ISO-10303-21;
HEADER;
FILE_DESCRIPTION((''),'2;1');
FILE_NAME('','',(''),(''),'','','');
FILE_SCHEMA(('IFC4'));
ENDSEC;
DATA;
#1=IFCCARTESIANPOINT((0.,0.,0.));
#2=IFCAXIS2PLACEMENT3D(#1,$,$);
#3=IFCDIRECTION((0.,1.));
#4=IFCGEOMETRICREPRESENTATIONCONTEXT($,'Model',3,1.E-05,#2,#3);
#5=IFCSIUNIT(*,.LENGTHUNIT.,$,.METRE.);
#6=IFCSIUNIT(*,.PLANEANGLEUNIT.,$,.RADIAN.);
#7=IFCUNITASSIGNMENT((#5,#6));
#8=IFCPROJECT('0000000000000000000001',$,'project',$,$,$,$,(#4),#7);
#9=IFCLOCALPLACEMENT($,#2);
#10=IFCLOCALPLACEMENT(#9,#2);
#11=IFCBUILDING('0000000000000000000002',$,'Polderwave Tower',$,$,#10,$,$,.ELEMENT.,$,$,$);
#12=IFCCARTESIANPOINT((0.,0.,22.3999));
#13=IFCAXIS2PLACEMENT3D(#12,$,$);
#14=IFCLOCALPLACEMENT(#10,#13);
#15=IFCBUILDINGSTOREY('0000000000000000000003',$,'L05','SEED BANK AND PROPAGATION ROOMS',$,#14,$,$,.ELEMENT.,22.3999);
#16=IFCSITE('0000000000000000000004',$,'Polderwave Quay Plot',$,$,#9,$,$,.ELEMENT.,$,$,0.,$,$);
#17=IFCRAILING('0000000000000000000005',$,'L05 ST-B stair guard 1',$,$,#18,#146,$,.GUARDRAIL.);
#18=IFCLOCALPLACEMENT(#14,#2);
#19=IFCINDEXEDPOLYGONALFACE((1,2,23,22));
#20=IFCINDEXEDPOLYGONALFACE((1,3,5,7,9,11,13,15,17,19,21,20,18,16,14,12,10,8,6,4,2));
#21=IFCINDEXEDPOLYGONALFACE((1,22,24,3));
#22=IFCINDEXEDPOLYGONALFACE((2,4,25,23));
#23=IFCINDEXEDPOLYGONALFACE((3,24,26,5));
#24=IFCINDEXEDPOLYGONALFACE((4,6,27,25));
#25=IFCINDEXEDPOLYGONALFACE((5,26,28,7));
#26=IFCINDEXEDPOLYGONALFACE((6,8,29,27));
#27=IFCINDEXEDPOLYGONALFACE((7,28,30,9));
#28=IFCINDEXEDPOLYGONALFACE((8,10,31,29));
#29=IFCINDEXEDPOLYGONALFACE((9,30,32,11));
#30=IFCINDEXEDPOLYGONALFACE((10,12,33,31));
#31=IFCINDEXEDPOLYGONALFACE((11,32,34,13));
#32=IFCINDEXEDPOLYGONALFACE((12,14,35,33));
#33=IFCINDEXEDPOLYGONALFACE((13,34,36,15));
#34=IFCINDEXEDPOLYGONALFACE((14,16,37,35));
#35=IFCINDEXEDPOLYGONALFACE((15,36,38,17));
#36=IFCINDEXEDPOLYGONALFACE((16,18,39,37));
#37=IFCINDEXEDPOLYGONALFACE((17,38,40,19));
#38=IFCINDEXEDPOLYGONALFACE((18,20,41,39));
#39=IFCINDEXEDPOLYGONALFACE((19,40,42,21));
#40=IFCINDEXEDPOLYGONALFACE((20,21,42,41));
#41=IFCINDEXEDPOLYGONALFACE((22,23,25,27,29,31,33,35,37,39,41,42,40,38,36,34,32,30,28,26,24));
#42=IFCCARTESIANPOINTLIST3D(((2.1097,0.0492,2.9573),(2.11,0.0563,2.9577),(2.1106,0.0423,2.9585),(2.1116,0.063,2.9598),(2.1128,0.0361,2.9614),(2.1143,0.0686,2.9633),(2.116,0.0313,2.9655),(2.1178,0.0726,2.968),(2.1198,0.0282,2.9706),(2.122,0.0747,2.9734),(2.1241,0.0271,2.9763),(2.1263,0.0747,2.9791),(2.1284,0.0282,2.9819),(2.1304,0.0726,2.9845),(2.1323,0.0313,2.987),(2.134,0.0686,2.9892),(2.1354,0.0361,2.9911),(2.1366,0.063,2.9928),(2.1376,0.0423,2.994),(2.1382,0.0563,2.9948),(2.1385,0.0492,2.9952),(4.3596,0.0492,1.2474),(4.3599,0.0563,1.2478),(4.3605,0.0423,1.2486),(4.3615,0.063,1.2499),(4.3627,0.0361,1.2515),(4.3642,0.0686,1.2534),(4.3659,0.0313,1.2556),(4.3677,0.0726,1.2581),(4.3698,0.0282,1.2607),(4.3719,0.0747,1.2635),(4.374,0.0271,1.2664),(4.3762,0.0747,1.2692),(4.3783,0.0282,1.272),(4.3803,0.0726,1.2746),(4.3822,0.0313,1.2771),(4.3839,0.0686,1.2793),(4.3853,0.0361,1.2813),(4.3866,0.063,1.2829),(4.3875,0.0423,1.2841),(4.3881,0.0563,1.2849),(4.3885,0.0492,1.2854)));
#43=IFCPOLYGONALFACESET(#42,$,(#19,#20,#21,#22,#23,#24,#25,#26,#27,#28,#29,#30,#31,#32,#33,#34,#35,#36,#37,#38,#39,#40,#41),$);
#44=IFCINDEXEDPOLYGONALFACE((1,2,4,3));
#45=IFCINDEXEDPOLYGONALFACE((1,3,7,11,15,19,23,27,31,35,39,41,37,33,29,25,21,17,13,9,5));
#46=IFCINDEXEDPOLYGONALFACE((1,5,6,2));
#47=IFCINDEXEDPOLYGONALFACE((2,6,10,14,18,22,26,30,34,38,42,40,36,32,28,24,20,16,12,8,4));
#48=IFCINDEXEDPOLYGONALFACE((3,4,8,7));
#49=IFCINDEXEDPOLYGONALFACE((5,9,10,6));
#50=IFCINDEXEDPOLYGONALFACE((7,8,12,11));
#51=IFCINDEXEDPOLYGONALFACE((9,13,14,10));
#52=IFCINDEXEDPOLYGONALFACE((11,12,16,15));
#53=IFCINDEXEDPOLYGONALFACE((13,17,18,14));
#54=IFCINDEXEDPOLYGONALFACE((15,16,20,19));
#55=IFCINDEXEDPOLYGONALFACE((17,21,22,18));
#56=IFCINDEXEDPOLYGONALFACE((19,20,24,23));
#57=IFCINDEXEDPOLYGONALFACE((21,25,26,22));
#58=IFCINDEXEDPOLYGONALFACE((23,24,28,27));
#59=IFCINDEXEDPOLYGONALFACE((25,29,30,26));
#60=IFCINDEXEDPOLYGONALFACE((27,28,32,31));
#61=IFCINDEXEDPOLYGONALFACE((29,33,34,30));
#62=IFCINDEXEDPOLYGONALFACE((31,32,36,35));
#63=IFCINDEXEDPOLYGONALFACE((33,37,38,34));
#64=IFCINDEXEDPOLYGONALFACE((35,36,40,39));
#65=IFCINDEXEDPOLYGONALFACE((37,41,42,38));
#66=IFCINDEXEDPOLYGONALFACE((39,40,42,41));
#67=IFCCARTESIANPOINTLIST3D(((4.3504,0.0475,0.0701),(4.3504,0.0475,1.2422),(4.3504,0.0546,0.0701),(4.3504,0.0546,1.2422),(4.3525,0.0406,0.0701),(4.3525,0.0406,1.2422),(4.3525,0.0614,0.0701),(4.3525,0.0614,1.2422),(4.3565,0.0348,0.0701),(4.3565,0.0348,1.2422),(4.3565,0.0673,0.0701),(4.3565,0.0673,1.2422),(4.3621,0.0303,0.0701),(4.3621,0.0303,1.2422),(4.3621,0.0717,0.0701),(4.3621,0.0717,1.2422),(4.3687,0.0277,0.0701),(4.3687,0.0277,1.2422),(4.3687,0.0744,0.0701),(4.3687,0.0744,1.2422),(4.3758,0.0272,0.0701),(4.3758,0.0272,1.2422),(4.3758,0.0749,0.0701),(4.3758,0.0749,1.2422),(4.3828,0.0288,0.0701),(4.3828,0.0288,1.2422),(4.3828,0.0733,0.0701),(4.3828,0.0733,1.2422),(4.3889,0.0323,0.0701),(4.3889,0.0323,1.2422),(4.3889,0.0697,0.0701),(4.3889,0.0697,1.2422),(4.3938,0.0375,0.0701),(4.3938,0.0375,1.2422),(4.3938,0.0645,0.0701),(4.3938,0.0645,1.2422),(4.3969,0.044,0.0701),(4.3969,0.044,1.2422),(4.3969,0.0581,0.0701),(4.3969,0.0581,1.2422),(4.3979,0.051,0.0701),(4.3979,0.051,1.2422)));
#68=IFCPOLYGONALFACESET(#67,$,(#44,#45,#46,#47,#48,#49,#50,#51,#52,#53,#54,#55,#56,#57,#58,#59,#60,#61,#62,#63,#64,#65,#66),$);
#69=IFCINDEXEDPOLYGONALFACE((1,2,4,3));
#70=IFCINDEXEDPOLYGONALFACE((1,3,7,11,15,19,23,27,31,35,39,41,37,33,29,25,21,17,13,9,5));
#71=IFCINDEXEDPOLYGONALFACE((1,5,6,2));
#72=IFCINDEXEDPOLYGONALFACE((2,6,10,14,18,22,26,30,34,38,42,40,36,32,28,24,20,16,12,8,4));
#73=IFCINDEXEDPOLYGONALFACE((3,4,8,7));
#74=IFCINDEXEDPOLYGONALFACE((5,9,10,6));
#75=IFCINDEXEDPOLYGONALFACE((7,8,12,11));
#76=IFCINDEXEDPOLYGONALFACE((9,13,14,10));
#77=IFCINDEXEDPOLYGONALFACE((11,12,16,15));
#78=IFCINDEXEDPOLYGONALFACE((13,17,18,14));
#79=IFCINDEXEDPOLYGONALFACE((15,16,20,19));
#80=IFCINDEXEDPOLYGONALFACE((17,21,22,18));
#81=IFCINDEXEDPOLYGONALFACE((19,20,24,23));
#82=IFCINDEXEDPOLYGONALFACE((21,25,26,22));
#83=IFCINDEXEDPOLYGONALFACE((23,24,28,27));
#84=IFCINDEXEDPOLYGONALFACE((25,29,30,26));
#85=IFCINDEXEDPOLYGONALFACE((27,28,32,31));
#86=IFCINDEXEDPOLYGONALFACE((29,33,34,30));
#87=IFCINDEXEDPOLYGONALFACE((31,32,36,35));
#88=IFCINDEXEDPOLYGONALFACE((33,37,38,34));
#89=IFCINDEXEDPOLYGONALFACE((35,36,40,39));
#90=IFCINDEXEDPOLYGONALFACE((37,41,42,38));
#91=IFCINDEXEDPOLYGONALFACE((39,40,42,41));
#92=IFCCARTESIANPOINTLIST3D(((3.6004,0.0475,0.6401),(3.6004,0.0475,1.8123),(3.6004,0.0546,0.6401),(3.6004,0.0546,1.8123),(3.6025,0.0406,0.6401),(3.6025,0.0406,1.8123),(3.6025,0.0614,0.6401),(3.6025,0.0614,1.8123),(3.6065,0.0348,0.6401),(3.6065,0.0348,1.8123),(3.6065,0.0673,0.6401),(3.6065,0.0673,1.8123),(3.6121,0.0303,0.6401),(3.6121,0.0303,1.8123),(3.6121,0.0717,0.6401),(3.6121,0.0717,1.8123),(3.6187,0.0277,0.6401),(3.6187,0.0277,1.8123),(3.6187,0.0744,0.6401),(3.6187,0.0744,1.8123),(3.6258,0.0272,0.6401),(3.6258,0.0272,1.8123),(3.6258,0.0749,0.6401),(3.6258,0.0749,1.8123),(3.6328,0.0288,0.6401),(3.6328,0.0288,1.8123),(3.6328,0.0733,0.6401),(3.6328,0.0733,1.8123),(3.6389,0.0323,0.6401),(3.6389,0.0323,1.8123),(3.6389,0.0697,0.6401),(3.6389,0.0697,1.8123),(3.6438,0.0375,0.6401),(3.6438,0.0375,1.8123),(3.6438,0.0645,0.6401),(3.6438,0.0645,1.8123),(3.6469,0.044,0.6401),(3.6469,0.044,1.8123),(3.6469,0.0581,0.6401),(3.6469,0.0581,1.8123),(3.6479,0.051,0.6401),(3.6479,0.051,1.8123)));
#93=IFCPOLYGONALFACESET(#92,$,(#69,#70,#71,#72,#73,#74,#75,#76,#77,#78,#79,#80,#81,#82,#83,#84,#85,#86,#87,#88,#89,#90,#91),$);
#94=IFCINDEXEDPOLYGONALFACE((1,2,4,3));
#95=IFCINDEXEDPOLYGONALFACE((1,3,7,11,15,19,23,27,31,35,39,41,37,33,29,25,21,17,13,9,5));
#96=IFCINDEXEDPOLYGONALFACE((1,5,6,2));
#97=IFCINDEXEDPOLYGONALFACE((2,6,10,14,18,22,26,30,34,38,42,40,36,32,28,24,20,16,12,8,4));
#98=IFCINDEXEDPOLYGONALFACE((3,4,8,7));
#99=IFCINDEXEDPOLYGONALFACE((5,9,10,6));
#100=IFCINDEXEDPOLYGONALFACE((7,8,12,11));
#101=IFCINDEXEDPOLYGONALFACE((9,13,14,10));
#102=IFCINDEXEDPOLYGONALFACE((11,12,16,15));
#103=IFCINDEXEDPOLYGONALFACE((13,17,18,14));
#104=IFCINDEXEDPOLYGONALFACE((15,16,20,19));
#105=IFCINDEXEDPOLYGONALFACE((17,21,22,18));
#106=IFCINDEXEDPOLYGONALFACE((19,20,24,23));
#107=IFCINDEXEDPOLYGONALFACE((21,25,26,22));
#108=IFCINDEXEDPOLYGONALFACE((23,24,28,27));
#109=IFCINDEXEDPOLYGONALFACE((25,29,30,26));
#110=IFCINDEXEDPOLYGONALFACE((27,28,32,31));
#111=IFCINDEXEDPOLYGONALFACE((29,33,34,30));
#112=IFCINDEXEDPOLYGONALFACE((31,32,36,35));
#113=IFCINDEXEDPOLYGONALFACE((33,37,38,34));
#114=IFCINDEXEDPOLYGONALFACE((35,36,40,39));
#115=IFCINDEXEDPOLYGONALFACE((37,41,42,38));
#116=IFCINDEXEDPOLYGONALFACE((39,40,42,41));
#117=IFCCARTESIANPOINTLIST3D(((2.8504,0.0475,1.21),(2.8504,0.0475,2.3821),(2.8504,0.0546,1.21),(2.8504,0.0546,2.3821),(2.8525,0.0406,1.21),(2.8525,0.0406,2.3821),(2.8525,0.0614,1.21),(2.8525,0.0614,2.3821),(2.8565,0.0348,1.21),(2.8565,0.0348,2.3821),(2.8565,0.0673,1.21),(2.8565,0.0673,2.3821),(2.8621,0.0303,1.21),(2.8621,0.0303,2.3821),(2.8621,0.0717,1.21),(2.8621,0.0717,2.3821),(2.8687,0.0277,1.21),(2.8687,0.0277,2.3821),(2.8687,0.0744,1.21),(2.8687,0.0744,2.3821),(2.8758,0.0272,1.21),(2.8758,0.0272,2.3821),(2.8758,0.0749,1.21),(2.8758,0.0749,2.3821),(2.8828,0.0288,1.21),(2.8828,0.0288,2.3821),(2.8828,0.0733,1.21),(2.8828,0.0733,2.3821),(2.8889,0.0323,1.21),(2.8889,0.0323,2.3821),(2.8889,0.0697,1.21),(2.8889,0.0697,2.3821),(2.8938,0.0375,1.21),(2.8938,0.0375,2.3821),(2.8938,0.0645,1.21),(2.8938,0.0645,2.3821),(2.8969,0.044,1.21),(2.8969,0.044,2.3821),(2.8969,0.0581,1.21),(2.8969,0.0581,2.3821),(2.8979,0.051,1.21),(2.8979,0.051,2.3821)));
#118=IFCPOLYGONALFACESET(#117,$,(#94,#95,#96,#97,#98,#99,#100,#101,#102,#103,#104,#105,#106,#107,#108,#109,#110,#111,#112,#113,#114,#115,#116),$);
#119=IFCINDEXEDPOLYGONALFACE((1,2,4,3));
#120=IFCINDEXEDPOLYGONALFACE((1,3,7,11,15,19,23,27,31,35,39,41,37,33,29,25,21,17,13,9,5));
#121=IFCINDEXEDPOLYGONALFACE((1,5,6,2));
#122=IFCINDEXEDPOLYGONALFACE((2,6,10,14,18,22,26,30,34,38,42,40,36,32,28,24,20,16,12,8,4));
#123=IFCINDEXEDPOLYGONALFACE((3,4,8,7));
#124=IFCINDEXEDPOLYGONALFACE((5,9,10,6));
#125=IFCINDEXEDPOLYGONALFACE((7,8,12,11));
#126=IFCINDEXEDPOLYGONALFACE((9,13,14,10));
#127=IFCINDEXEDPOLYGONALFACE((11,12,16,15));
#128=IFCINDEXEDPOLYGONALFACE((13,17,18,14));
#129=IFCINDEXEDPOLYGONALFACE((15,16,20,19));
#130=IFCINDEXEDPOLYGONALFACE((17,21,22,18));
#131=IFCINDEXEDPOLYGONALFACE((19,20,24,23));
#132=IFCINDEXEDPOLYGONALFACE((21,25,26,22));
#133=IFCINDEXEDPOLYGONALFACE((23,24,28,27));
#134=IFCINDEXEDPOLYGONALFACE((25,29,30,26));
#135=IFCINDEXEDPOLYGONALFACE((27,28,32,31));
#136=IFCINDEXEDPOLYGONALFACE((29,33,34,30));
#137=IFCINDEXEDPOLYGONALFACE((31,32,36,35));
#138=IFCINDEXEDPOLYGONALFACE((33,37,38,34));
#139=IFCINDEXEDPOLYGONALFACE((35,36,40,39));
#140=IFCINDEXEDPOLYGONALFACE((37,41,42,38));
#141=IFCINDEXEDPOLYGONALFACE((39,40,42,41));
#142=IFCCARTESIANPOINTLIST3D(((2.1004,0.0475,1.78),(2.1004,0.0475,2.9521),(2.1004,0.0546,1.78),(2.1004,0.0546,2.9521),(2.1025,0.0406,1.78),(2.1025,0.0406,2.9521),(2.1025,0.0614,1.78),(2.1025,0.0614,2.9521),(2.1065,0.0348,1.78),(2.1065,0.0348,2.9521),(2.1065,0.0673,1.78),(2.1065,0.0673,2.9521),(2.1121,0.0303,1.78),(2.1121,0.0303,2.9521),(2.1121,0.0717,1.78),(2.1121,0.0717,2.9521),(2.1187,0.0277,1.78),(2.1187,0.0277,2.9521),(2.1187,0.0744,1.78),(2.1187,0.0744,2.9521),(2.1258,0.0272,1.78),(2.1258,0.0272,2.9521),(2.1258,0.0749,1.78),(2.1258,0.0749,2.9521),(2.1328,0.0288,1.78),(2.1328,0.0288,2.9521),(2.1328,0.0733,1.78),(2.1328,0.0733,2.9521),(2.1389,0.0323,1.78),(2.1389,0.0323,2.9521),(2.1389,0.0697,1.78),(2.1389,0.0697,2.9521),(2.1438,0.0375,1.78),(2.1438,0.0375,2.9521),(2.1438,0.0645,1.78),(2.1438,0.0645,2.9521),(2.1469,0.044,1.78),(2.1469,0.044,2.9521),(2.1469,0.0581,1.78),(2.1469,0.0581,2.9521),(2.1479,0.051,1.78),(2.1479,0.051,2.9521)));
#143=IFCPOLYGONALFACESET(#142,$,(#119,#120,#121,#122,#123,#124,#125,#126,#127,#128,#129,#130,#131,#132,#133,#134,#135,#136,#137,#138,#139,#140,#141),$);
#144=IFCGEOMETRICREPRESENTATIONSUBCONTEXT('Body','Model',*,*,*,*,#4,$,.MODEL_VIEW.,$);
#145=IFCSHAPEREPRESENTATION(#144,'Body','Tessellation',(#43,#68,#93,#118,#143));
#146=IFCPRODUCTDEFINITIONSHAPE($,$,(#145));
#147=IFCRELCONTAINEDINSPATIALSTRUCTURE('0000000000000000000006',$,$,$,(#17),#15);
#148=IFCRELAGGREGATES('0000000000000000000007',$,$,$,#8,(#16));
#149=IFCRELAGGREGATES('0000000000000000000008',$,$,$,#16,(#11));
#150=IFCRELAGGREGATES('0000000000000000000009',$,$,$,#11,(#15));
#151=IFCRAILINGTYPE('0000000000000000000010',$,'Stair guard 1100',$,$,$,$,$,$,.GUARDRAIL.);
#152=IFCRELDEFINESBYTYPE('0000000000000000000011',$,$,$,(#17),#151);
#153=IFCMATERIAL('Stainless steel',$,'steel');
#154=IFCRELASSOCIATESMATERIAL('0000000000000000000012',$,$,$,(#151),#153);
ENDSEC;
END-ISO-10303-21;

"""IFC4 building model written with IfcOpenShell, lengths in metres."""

from ifc_helpers import new_model, si_unit, direction, frame, origin, origin_2d, place, context, subcontext, project, spatial, circle, extrude, material, type_object, element, save


model = new_model("IFC4")

# Units and contexts
model_context = context("Model", 3, precision=1e-05, world=origin(), true_north=direction((0.0, 1.0)))
body_context = subcontext(model_context, "Body", "Model", "MODEL_VIEW")
ifc_project = project(units=[si_unit("LENGTHUNIT", "METRE"), si_unit("PLANEANGLEUNIT", "RADIAN")], contexts=[model_context])

# Site, building, storey
site_placement = place(None, origin())
site = spatial("IfcSite", under=ifc_project, at=site_placement, Name="Polderwave Quay Plot", CompositionType="ELEMENT", RefElevation=0.0)
building_placement = place(site_placement, origin())
building = spatial("IfcBuilding", under=site, at=building_placement, Name="Polderwave Tower", CompositionType="ELEMENT")
storey_placement = place(building_placement, frame((0.0, 0.0, 22.3999)))
storey = spatial("IfcBuildingStorey", under=building, at=storey_placement, Name="L05", Description="SEED BANK AND PROPAGATION ROOMS", CompositionType="ELEMENT", Elevation=22.3999)

# Railing
ifc_material_1 = material(Name="Stainless steel", Category="steel")
railing_type_1 = type_object("IfcRailingType", Name="Stair guard 1100", PredefinedType="GUARDRAIL", material=ifc_material_1)
railing_1_placement = place(storey_placement, frame((4.374, 0.051, 0.0701)))
element("IfcRailing", 1, at=railing_1_placement, inside=storey, type_object=railing_type_1, Name="L05 ST-B stair guard 1", PredefinedType="GUARDRAIL", context=body_context, shape_type="SweptSolid", body=[
    extrude(circle(Radius=0.0239, at=origin_2d()), frame((0.0, 0.0, 1.1963), z_axis=(-0.796169, 0.0, 0.605075), x_axis=(0.0, -1.0, 0.0)), (0.0, 0.0, 1.0), 2.8259),
    extrude(circle(Radius=0.0239, at=origin_2d()), origin(), (0.0, 0.0, 1.0), 1.1721),
    extrude(circle(Radius=0.0239, at=origin_2d()), frame((-0.75, 0.0, 0.5701)), (0.0, 0.0, 1.0), 1.1721),
    extrude(circle(Radius=0.0239, at=origin_2d()), frame((-1.5, 0.0, 1.1399)), (0.0, 0.0, 1.0), 1.1721),
    extrude(circle(Radius=0.0239, at=origin_2d()), frame((-2.25, 0.0, 1.71)), (0.0, 0.0, 1.0), 1.1721),
])

save(model, "model.ifc")
